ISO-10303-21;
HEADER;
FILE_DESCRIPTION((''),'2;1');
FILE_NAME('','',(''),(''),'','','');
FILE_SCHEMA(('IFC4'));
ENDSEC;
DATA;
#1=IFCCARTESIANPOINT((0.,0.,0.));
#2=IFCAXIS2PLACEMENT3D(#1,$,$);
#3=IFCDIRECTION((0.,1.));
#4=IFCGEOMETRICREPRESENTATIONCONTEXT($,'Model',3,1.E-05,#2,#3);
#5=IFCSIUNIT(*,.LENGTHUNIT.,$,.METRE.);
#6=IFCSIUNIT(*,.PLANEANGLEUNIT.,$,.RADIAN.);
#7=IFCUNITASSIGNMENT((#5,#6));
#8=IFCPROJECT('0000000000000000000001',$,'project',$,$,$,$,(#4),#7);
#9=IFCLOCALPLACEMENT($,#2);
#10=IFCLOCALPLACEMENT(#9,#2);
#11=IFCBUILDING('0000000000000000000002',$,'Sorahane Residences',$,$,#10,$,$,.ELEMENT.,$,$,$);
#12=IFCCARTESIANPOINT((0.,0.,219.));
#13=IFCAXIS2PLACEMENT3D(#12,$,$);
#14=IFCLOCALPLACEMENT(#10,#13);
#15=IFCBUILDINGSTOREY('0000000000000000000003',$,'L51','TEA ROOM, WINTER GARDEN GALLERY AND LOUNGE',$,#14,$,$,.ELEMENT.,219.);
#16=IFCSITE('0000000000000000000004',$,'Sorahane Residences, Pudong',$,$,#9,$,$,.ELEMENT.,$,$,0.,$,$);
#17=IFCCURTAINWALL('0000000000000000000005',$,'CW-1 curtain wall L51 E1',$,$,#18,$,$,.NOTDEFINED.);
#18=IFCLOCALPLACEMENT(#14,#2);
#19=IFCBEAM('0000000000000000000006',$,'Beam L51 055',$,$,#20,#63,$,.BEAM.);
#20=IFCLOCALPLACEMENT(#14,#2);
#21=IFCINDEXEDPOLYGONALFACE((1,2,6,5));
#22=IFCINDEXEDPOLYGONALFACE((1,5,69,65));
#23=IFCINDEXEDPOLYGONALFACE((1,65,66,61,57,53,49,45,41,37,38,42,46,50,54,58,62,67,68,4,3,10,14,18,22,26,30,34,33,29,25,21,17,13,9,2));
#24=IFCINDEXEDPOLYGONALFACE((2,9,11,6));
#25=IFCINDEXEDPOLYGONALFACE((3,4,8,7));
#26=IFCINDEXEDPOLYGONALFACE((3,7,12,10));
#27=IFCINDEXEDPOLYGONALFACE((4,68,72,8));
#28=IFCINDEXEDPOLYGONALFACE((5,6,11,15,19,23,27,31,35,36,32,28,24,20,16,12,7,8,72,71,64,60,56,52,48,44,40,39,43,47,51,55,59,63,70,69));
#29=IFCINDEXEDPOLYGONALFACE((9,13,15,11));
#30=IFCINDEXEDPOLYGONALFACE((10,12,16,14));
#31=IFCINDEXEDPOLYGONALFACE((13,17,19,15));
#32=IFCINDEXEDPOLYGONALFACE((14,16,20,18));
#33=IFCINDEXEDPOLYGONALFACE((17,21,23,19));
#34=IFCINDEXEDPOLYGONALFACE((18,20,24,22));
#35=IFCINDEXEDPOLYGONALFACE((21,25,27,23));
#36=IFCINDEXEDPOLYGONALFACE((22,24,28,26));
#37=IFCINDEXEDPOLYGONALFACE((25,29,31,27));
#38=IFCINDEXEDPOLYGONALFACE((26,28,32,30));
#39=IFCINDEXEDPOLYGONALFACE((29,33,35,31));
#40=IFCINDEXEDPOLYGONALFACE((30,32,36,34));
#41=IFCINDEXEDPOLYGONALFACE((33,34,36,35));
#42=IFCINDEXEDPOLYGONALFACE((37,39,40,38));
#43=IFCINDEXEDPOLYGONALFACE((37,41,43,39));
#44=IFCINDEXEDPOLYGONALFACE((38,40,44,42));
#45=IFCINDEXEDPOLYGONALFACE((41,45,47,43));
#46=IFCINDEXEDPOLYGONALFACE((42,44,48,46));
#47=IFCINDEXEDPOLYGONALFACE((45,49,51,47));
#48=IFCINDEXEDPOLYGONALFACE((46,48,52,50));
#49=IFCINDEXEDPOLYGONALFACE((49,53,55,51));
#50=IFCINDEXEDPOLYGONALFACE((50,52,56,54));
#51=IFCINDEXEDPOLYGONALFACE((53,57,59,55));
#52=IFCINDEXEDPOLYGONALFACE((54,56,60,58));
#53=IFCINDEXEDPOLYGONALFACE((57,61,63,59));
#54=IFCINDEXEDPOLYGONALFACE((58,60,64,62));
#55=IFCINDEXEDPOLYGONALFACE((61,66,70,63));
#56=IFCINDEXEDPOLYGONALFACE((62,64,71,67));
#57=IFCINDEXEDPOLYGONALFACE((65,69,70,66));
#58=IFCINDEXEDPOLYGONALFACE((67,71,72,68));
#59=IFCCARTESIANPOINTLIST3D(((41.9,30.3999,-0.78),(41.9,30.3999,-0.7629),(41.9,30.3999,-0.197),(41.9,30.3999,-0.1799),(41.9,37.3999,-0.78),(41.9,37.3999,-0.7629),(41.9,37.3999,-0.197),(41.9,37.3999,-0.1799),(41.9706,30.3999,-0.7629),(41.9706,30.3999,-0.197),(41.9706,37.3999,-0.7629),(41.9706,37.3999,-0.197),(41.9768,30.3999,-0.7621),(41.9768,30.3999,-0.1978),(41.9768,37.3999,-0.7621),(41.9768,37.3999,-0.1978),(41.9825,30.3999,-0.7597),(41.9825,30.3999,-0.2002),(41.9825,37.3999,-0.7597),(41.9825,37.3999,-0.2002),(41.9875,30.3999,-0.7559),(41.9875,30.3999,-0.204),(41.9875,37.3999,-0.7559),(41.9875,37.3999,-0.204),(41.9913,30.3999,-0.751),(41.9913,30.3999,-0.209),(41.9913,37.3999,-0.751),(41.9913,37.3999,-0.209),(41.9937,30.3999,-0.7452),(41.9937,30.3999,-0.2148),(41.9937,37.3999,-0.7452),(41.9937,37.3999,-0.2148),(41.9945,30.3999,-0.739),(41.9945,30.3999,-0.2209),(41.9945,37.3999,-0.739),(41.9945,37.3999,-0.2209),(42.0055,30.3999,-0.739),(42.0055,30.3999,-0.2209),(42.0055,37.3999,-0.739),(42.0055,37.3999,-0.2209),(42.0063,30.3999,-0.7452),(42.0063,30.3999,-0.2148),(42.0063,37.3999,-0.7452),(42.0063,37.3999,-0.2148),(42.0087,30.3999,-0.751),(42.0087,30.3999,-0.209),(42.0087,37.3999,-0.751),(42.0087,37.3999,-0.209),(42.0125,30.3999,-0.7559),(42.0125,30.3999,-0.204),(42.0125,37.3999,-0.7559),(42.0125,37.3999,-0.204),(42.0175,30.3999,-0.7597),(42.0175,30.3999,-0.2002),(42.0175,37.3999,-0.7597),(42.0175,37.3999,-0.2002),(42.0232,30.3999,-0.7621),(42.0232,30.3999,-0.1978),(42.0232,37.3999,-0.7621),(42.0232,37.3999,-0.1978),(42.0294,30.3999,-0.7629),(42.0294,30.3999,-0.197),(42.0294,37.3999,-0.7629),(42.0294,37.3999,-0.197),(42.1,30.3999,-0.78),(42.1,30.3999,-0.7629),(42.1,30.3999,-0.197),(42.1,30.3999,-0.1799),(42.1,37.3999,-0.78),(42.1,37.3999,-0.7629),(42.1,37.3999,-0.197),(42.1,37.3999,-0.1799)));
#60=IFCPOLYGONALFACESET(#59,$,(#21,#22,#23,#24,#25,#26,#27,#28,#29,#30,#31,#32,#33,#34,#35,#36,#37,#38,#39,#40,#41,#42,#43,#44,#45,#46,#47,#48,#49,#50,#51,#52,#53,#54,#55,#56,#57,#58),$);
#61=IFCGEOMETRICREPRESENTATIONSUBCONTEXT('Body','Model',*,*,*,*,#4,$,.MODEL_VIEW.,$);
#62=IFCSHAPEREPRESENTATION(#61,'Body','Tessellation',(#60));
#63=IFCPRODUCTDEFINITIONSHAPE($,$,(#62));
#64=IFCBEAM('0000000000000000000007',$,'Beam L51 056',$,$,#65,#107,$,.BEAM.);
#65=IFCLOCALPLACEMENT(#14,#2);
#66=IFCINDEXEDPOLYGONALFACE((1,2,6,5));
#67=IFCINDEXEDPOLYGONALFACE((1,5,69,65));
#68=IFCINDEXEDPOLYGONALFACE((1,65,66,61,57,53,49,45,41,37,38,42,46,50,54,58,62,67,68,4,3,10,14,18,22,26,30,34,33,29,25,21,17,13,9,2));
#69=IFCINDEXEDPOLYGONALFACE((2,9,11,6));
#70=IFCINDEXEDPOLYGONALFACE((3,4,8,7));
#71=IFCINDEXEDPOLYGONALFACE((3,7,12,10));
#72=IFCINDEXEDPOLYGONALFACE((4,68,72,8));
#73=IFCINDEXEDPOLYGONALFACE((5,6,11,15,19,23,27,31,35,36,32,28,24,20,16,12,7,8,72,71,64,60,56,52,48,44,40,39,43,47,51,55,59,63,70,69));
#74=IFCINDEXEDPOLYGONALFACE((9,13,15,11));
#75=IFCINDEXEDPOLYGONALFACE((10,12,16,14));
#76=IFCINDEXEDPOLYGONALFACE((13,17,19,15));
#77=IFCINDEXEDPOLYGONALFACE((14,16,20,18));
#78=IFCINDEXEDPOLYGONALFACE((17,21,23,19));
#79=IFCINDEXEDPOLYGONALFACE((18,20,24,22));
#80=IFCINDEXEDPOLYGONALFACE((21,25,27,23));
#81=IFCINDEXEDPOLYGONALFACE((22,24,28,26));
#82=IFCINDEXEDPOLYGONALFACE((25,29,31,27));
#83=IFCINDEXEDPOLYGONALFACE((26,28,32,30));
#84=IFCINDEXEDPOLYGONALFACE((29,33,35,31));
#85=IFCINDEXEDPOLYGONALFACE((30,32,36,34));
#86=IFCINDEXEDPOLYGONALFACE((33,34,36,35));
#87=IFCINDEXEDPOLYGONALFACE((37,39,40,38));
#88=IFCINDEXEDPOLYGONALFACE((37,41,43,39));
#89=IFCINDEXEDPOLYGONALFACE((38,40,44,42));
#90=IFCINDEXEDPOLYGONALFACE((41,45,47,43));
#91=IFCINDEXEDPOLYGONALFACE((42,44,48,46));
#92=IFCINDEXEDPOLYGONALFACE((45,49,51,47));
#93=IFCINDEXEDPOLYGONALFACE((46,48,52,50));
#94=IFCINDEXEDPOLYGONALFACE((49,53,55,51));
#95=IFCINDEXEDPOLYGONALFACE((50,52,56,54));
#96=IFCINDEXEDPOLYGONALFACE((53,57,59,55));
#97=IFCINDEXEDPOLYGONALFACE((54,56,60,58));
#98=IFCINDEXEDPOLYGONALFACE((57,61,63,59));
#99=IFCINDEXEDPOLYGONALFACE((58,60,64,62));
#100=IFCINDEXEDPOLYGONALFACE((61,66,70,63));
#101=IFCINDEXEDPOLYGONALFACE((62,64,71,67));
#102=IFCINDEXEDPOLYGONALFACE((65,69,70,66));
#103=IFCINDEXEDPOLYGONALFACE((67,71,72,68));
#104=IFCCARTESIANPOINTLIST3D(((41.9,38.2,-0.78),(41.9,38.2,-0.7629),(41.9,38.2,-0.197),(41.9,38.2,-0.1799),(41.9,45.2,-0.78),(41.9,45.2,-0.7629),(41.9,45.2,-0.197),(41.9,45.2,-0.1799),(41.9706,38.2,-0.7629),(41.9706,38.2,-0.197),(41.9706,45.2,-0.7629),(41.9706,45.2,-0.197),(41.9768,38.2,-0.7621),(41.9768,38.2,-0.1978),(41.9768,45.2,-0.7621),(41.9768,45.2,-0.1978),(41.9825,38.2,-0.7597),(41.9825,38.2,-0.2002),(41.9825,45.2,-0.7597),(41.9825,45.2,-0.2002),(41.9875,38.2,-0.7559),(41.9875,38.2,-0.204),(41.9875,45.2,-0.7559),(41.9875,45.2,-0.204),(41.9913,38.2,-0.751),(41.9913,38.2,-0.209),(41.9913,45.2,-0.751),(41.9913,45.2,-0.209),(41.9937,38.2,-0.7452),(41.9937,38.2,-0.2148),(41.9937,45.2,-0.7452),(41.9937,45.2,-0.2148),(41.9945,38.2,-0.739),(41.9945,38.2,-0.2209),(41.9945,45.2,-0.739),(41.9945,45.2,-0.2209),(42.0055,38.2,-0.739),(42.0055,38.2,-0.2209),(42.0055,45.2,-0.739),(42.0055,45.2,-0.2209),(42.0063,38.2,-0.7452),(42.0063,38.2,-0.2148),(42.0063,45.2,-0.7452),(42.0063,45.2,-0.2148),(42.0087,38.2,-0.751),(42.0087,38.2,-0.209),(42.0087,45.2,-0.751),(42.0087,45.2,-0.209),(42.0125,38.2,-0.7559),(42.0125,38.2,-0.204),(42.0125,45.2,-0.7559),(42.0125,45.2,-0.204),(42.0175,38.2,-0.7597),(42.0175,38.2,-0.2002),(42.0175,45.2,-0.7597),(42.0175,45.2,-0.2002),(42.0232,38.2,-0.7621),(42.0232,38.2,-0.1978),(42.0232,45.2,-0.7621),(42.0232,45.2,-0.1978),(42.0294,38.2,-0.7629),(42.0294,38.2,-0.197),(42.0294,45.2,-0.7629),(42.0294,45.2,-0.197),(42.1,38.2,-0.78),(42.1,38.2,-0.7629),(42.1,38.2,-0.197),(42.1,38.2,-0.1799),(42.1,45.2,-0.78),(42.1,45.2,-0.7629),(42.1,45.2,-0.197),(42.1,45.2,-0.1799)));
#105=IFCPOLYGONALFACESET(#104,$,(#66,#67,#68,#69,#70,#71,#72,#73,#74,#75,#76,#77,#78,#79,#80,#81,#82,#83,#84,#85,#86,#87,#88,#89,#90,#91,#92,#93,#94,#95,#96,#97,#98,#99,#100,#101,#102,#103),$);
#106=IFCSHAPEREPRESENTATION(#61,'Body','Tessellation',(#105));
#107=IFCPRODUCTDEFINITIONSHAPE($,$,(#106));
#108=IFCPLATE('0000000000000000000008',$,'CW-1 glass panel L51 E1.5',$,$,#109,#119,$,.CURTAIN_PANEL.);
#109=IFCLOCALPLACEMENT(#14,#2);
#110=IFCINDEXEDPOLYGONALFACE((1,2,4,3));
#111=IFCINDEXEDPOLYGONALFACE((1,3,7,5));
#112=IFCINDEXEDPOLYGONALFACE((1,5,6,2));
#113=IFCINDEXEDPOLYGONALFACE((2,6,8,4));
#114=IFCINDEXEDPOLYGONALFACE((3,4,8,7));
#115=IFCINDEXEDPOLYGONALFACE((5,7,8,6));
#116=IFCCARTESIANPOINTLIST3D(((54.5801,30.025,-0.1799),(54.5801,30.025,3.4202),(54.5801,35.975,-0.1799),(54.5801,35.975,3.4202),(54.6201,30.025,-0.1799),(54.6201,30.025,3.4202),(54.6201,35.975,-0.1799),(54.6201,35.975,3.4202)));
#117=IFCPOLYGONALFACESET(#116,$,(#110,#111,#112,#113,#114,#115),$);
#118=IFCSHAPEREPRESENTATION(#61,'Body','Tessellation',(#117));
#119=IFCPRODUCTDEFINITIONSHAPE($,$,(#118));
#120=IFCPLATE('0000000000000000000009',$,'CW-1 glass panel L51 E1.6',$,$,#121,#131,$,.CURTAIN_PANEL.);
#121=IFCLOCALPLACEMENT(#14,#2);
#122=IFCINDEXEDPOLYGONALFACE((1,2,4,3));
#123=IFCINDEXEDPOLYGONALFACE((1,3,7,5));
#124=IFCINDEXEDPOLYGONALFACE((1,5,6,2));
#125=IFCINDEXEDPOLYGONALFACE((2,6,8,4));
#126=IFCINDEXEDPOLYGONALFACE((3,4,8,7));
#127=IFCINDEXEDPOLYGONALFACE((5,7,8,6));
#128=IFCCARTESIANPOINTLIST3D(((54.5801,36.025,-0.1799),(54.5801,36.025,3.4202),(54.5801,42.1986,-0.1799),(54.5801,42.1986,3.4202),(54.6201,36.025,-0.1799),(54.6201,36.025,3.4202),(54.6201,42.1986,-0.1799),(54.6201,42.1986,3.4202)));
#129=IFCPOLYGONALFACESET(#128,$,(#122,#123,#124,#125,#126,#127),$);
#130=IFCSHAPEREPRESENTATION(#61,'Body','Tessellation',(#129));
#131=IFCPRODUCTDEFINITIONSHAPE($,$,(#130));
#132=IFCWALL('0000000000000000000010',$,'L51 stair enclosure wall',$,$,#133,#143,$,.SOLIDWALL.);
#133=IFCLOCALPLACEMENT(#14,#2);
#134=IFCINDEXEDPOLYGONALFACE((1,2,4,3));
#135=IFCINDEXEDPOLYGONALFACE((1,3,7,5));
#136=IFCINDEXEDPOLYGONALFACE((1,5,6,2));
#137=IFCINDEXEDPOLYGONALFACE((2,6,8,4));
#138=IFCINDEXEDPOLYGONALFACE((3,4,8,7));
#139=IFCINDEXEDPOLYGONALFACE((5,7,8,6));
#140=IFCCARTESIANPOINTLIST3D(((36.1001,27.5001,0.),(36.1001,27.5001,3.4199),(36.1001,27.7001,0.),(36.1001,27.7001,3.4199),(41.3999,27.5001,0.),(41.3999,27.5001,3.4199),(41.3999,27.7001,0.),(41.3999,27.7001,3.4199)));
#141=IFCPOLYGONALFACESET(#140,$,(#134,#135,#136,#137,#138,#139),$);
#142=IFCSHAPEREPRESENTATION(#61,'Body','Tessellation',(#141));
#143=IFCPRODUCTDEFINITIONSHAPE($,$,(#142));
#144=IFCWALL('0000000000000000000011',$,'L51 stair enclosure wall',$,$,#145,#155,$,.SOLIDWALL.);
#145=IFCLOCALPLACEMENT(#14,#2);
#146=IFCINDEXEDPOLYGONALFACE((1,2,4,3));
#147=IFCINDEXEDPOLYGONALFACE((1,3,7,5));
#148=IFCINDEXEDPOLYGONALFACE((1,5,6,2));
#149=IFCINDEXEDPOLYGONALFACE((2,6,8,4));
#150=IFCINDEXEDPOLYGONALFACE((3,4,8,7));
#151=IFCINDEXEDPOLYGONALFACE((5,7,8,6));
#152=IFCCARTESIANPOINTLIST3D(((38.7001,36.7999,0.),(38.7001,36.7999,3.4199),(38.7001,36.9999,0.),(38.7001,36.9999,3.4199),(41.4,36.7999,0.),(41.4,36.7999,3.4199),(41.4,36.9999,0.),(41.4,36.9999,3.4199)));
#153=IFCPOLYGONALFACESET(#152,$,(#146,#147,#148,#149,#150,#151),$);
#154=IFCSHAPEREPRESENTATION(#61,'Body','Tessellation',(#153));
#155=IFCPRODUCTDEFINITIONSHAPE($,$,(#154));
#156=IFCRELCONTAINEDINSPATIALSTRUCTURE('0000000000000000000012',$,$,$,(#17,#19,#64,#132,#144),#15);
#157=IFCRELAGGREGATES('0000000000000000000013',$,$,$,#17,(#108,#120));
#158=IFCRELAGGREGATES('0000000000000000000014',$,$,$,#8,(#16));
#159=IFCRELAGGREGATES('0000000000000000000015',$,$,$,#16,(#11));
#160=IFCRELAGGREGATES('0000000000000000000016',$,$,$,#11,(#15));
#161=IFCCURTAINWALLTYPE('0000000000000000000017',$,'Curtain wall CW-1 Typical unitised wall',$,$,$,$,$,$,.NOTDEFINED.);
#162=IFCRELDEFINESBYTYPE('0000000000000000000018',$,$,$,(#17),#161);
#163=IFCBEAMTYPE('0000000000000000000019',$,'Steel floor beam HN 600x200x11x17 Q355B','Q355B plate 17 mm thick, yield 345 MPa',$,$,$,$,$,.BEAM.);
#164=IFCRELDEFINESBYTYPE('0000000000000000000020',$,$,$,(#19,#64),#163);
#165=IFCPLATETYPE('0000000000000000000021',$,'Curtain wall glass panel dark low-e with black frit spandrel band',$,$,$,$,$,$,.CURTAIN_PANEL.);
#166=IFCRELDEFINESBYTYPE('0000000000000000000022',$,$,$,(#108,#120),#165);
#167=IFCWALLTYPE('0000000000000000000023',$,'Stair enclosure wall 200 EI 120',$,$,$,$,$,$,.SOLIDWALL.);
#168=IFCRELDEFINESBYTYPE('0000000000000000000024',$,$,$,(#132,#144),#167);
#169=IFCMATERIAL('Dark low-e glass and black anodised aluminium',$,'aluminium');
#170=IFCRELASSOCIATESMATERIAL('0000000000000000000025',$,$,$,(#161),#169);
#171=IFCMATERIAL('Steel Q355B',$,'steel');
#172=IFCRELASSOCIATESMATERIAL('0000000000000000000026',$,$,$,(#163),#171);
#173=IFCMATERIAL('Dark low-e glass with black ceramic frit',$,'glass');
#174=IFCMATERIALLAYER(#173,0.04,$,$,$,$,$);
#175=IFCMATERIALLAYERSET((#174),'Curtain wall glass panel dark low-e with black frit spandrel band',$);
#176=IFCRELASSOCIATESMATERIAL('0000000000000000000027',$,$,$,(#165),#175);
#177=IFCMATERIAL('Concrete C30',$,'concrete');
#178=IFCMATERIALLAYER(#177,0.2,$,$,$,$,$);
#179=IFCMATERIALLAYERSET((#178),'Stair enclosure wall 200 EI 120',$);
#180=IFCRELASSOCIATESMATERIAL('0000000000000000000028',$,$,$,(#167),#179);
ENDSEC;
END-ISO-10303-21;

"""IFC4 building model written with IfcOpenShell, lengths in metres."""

from ifc_helpers import new_model, si_unit, direction, frame, frame_2d, origin, origin_2d, place, context, subcontext, project, spatial, rectangle, i_section, extrude, material, layer, layer_set, material_profile, profile_set, type_object, element, aggregate, save


model = new_model("IFC4")

# Units and contexts
model_context = context("Model", 3, precision=1e-05, world=origin(), true_north=direction((0.0, 1.0)))
body_context = subcontext(model_context, "Body", "Model", "MODEL_VIEW")
ifc_project = project(units=[si_unit("LENGTHUNIT", "METRE"), si_unit("PLANEANGLEUNIT", "RADIAN")], contexts=[model_context])

# Site, building, storey
site_placement = place(None, origin())
site = spatial("IfcSite", under=ifc_project, at=site_placement, Name="Sorahane Residences, Pudong", CompositionType="ELEMENT", RefElevation=0.0)
building_placement = place(site_placement, origin())
building = spatial("IfcBuilding", under=site, at=building_placement, Name="Sorahane Residences", CompositionType="ELEMENT")
storey_placement = place(building_placement, frame((0.0, 0.0, 219.0)))
storey = spatial("IfcBuildingStorey", under=building, at=storey_placement, Name="L51", Description="TEA ROOM, WINTER GARDEN GALLERY AND LOUNGE", CompositionType="ELEMENT", Elevation=219.0)

# Curtain wall
ifc_material_1 = material(Name="Dark low-e glass and black anodised aluminium", Category="aluminium")
curtain_wall_type = type_object("IfcCurtainWallType", Name="Curtain wall CW-1 Typical unitised wall", PredefinedType="NOTDEFINED", material=ifc_material_1)
curtain_wall_placement = place(storey_placement, origin())
curtain_wall = element("IfcCurtainWall", 1, at=curtain_wall_placement, inside=storey, type_object=curtain_wall_type, Name="CW-1 curtain wall L51 E1", PredefinedType="NOTDEFINED")

# Beams
ifc_material_2 = material(Name="Steel Q355B", Category="steel")
ifc_material_profile_1 = material_profile(ifc_material_2, i_section(OverallWidth=0.2, OverallDepth=0.6001, WebThickness=0.011, FlangeThickness=0.0171, FilletRadius=0.0239, at=origin_2d()), Name="HN 600x200x11x17")
ifc_profile_set_1 = profile_set([ifc_material_profile_1], Name="Steel Q355B")
beam_type_1 = type_object("IfcBeamType", Name="Steel floor beam HN 600x200x11x17 Q355B", Description="Q355B plate 17 mm thick, yield 345 MPa", PredefinedType="BEAM", material=ifc_profile_set_1)
for number, where, z_axis, x_axis, name in (
    (2, (42.0, 30.3999, -0.48), (0.0, 1.0, 0.0), (-1.0, 0.0, 0.0), "Beam L51 055"),
    (3, (42.0, 38.2, -0.48), (0.0, 1.0, 0.0), (-1.0, 0.0, 0.0), "Beam L51 056"),
):
    element("IfcBeam", number, at=place(storey_placement, frame(where, z_axis=z_axis, x_axis=x_axis)), inside=storey, type_object=beam_type_1, Name=name, PredefinedType="BEAM", context=body_context, shape_type="SweptSolid", body=[
        extrude(i_section(OverallWidth=0.2, OverallDepth=0.6001, WebThickness=0.011, FlangeThickness=0.0171, FilletRadius=0.0239, at=origin_2d()), origin(), (0.0, 0.0, 1.0), 7.0),
    ])

# Plates
ifc_material_3 = material(Name="Dark low-e glass with black ceramic frit", Category="glass")
ifc_layer_1 = layer(ifc_material_3, 0.04)
ifc_layer_set_1 = layer_set([ifc_layer_1], Name="Curtain wall glass panel dark low-e with black frit spandrel band")
plate_type = type_object("IfcPlateType", Name="Curtain wall glass panel dark low-e with black frit spandrel band", PredefinedType="CURTAIN_PANEL", material=ifc_layer_set_1)
plate_1_placement = place(storey_placement, frame((54.6001, 33.0, -0.1799), z_axis=(0.0, 0.0, 1.0), x_axis=(0.0, 1.0, 0.0)))
plate_1 = element("IfcPlate", 4, at=plate_1_placement, type_object=plate_type, Name="CW-1 glass panel L51 E1.5", PredefinedType="CURTAIN_PANEL", context=body_context, shape_type="SweptSolid", body=[
    extrude(rectangle(XDim=5.95, YDim=0.04, at=origin_2d()), origin(), (0.0, 0.0, 1.0), 3.6001),
])
plate_2_placement = place(storey_placement, frame((54.6001, 39.1118, -0.1799), z_axis=(0.0, 0.0, 1.0), x_axis=(0.0, 1.0, 0.0)))
plate_2 = element("IfcPlate", 5, at=plate_2_placement, type_object=plate_type, Name="CW-1 glass panel L51 E1.6", PredefinedType="CURTAIN_PANEL", context=body_context, shape_type="SweptSolid", body=[
    extrude(rectangle(XDim=6.1736, YDim=0.04, at=origin_2d()), origin(), (0.0, 0.0, 1.0), 3.6001),
])
aggregate(curtain_wall, [plate_1, plate_2])

# Walls
ifc_material_4 = material(Name="Concrete C30", Category="concrete")
ifc_layer_2 = layer(ifc_material_4, 0.2)
ifc_layer_set_2 = layer_set([ifc_layer_2], Name="Stair enclosure wall 200 EI 120")
wall_type = type_object("IfcWallType", Name="Stair enclosure wall 200 EI 120", PredefinedType="SOLIDWALL", material=ifc_layer_set_2)
wall_1_placement = place(storey_placement, frame((36.1001, 27.6001, 0.0), z_axis=(0.0, 0.0, 1.0), x_axis=(1.0, 0.0, 0.0)))
element("IfcWall", 6, at=wall_1_placement, inside=storey, type_object=wall_type, Name="L51 stair enclosure wall", PredefinedType="SOLIDWALL", context=body_context, shape_type="SweptSolid", body=[
    extrude(rectangle(XDim=5.2998, YDim=0.2, at=frame_2d((2.6499, 0.0))), origin(), (0.0, 0.0, 1.0), 3.4199),
])
wall_2_placement = place(storey_placement, frame((38.7, 36.8999, 0.0), z_axis=(0.0, 0.0, 1.0), x_axis=(1.0, 0.0, 0.0)))
element("IfcWall", 7, at=wall_2_placement, inside=storey, type_object=wall_type, Name="L51 stair enclosure wall", PredefinedType="SOLIDWALL", context=body_context, shape_type="SweptSolid", body=[
    extrude(rectangle(XDim=2.7, YDim=0.2, at=frame_2d((1.3501, 0.0))), origin(), (0.0, 0.0, 1.0), 3.4199),
])

save(model, "model.ifc")
